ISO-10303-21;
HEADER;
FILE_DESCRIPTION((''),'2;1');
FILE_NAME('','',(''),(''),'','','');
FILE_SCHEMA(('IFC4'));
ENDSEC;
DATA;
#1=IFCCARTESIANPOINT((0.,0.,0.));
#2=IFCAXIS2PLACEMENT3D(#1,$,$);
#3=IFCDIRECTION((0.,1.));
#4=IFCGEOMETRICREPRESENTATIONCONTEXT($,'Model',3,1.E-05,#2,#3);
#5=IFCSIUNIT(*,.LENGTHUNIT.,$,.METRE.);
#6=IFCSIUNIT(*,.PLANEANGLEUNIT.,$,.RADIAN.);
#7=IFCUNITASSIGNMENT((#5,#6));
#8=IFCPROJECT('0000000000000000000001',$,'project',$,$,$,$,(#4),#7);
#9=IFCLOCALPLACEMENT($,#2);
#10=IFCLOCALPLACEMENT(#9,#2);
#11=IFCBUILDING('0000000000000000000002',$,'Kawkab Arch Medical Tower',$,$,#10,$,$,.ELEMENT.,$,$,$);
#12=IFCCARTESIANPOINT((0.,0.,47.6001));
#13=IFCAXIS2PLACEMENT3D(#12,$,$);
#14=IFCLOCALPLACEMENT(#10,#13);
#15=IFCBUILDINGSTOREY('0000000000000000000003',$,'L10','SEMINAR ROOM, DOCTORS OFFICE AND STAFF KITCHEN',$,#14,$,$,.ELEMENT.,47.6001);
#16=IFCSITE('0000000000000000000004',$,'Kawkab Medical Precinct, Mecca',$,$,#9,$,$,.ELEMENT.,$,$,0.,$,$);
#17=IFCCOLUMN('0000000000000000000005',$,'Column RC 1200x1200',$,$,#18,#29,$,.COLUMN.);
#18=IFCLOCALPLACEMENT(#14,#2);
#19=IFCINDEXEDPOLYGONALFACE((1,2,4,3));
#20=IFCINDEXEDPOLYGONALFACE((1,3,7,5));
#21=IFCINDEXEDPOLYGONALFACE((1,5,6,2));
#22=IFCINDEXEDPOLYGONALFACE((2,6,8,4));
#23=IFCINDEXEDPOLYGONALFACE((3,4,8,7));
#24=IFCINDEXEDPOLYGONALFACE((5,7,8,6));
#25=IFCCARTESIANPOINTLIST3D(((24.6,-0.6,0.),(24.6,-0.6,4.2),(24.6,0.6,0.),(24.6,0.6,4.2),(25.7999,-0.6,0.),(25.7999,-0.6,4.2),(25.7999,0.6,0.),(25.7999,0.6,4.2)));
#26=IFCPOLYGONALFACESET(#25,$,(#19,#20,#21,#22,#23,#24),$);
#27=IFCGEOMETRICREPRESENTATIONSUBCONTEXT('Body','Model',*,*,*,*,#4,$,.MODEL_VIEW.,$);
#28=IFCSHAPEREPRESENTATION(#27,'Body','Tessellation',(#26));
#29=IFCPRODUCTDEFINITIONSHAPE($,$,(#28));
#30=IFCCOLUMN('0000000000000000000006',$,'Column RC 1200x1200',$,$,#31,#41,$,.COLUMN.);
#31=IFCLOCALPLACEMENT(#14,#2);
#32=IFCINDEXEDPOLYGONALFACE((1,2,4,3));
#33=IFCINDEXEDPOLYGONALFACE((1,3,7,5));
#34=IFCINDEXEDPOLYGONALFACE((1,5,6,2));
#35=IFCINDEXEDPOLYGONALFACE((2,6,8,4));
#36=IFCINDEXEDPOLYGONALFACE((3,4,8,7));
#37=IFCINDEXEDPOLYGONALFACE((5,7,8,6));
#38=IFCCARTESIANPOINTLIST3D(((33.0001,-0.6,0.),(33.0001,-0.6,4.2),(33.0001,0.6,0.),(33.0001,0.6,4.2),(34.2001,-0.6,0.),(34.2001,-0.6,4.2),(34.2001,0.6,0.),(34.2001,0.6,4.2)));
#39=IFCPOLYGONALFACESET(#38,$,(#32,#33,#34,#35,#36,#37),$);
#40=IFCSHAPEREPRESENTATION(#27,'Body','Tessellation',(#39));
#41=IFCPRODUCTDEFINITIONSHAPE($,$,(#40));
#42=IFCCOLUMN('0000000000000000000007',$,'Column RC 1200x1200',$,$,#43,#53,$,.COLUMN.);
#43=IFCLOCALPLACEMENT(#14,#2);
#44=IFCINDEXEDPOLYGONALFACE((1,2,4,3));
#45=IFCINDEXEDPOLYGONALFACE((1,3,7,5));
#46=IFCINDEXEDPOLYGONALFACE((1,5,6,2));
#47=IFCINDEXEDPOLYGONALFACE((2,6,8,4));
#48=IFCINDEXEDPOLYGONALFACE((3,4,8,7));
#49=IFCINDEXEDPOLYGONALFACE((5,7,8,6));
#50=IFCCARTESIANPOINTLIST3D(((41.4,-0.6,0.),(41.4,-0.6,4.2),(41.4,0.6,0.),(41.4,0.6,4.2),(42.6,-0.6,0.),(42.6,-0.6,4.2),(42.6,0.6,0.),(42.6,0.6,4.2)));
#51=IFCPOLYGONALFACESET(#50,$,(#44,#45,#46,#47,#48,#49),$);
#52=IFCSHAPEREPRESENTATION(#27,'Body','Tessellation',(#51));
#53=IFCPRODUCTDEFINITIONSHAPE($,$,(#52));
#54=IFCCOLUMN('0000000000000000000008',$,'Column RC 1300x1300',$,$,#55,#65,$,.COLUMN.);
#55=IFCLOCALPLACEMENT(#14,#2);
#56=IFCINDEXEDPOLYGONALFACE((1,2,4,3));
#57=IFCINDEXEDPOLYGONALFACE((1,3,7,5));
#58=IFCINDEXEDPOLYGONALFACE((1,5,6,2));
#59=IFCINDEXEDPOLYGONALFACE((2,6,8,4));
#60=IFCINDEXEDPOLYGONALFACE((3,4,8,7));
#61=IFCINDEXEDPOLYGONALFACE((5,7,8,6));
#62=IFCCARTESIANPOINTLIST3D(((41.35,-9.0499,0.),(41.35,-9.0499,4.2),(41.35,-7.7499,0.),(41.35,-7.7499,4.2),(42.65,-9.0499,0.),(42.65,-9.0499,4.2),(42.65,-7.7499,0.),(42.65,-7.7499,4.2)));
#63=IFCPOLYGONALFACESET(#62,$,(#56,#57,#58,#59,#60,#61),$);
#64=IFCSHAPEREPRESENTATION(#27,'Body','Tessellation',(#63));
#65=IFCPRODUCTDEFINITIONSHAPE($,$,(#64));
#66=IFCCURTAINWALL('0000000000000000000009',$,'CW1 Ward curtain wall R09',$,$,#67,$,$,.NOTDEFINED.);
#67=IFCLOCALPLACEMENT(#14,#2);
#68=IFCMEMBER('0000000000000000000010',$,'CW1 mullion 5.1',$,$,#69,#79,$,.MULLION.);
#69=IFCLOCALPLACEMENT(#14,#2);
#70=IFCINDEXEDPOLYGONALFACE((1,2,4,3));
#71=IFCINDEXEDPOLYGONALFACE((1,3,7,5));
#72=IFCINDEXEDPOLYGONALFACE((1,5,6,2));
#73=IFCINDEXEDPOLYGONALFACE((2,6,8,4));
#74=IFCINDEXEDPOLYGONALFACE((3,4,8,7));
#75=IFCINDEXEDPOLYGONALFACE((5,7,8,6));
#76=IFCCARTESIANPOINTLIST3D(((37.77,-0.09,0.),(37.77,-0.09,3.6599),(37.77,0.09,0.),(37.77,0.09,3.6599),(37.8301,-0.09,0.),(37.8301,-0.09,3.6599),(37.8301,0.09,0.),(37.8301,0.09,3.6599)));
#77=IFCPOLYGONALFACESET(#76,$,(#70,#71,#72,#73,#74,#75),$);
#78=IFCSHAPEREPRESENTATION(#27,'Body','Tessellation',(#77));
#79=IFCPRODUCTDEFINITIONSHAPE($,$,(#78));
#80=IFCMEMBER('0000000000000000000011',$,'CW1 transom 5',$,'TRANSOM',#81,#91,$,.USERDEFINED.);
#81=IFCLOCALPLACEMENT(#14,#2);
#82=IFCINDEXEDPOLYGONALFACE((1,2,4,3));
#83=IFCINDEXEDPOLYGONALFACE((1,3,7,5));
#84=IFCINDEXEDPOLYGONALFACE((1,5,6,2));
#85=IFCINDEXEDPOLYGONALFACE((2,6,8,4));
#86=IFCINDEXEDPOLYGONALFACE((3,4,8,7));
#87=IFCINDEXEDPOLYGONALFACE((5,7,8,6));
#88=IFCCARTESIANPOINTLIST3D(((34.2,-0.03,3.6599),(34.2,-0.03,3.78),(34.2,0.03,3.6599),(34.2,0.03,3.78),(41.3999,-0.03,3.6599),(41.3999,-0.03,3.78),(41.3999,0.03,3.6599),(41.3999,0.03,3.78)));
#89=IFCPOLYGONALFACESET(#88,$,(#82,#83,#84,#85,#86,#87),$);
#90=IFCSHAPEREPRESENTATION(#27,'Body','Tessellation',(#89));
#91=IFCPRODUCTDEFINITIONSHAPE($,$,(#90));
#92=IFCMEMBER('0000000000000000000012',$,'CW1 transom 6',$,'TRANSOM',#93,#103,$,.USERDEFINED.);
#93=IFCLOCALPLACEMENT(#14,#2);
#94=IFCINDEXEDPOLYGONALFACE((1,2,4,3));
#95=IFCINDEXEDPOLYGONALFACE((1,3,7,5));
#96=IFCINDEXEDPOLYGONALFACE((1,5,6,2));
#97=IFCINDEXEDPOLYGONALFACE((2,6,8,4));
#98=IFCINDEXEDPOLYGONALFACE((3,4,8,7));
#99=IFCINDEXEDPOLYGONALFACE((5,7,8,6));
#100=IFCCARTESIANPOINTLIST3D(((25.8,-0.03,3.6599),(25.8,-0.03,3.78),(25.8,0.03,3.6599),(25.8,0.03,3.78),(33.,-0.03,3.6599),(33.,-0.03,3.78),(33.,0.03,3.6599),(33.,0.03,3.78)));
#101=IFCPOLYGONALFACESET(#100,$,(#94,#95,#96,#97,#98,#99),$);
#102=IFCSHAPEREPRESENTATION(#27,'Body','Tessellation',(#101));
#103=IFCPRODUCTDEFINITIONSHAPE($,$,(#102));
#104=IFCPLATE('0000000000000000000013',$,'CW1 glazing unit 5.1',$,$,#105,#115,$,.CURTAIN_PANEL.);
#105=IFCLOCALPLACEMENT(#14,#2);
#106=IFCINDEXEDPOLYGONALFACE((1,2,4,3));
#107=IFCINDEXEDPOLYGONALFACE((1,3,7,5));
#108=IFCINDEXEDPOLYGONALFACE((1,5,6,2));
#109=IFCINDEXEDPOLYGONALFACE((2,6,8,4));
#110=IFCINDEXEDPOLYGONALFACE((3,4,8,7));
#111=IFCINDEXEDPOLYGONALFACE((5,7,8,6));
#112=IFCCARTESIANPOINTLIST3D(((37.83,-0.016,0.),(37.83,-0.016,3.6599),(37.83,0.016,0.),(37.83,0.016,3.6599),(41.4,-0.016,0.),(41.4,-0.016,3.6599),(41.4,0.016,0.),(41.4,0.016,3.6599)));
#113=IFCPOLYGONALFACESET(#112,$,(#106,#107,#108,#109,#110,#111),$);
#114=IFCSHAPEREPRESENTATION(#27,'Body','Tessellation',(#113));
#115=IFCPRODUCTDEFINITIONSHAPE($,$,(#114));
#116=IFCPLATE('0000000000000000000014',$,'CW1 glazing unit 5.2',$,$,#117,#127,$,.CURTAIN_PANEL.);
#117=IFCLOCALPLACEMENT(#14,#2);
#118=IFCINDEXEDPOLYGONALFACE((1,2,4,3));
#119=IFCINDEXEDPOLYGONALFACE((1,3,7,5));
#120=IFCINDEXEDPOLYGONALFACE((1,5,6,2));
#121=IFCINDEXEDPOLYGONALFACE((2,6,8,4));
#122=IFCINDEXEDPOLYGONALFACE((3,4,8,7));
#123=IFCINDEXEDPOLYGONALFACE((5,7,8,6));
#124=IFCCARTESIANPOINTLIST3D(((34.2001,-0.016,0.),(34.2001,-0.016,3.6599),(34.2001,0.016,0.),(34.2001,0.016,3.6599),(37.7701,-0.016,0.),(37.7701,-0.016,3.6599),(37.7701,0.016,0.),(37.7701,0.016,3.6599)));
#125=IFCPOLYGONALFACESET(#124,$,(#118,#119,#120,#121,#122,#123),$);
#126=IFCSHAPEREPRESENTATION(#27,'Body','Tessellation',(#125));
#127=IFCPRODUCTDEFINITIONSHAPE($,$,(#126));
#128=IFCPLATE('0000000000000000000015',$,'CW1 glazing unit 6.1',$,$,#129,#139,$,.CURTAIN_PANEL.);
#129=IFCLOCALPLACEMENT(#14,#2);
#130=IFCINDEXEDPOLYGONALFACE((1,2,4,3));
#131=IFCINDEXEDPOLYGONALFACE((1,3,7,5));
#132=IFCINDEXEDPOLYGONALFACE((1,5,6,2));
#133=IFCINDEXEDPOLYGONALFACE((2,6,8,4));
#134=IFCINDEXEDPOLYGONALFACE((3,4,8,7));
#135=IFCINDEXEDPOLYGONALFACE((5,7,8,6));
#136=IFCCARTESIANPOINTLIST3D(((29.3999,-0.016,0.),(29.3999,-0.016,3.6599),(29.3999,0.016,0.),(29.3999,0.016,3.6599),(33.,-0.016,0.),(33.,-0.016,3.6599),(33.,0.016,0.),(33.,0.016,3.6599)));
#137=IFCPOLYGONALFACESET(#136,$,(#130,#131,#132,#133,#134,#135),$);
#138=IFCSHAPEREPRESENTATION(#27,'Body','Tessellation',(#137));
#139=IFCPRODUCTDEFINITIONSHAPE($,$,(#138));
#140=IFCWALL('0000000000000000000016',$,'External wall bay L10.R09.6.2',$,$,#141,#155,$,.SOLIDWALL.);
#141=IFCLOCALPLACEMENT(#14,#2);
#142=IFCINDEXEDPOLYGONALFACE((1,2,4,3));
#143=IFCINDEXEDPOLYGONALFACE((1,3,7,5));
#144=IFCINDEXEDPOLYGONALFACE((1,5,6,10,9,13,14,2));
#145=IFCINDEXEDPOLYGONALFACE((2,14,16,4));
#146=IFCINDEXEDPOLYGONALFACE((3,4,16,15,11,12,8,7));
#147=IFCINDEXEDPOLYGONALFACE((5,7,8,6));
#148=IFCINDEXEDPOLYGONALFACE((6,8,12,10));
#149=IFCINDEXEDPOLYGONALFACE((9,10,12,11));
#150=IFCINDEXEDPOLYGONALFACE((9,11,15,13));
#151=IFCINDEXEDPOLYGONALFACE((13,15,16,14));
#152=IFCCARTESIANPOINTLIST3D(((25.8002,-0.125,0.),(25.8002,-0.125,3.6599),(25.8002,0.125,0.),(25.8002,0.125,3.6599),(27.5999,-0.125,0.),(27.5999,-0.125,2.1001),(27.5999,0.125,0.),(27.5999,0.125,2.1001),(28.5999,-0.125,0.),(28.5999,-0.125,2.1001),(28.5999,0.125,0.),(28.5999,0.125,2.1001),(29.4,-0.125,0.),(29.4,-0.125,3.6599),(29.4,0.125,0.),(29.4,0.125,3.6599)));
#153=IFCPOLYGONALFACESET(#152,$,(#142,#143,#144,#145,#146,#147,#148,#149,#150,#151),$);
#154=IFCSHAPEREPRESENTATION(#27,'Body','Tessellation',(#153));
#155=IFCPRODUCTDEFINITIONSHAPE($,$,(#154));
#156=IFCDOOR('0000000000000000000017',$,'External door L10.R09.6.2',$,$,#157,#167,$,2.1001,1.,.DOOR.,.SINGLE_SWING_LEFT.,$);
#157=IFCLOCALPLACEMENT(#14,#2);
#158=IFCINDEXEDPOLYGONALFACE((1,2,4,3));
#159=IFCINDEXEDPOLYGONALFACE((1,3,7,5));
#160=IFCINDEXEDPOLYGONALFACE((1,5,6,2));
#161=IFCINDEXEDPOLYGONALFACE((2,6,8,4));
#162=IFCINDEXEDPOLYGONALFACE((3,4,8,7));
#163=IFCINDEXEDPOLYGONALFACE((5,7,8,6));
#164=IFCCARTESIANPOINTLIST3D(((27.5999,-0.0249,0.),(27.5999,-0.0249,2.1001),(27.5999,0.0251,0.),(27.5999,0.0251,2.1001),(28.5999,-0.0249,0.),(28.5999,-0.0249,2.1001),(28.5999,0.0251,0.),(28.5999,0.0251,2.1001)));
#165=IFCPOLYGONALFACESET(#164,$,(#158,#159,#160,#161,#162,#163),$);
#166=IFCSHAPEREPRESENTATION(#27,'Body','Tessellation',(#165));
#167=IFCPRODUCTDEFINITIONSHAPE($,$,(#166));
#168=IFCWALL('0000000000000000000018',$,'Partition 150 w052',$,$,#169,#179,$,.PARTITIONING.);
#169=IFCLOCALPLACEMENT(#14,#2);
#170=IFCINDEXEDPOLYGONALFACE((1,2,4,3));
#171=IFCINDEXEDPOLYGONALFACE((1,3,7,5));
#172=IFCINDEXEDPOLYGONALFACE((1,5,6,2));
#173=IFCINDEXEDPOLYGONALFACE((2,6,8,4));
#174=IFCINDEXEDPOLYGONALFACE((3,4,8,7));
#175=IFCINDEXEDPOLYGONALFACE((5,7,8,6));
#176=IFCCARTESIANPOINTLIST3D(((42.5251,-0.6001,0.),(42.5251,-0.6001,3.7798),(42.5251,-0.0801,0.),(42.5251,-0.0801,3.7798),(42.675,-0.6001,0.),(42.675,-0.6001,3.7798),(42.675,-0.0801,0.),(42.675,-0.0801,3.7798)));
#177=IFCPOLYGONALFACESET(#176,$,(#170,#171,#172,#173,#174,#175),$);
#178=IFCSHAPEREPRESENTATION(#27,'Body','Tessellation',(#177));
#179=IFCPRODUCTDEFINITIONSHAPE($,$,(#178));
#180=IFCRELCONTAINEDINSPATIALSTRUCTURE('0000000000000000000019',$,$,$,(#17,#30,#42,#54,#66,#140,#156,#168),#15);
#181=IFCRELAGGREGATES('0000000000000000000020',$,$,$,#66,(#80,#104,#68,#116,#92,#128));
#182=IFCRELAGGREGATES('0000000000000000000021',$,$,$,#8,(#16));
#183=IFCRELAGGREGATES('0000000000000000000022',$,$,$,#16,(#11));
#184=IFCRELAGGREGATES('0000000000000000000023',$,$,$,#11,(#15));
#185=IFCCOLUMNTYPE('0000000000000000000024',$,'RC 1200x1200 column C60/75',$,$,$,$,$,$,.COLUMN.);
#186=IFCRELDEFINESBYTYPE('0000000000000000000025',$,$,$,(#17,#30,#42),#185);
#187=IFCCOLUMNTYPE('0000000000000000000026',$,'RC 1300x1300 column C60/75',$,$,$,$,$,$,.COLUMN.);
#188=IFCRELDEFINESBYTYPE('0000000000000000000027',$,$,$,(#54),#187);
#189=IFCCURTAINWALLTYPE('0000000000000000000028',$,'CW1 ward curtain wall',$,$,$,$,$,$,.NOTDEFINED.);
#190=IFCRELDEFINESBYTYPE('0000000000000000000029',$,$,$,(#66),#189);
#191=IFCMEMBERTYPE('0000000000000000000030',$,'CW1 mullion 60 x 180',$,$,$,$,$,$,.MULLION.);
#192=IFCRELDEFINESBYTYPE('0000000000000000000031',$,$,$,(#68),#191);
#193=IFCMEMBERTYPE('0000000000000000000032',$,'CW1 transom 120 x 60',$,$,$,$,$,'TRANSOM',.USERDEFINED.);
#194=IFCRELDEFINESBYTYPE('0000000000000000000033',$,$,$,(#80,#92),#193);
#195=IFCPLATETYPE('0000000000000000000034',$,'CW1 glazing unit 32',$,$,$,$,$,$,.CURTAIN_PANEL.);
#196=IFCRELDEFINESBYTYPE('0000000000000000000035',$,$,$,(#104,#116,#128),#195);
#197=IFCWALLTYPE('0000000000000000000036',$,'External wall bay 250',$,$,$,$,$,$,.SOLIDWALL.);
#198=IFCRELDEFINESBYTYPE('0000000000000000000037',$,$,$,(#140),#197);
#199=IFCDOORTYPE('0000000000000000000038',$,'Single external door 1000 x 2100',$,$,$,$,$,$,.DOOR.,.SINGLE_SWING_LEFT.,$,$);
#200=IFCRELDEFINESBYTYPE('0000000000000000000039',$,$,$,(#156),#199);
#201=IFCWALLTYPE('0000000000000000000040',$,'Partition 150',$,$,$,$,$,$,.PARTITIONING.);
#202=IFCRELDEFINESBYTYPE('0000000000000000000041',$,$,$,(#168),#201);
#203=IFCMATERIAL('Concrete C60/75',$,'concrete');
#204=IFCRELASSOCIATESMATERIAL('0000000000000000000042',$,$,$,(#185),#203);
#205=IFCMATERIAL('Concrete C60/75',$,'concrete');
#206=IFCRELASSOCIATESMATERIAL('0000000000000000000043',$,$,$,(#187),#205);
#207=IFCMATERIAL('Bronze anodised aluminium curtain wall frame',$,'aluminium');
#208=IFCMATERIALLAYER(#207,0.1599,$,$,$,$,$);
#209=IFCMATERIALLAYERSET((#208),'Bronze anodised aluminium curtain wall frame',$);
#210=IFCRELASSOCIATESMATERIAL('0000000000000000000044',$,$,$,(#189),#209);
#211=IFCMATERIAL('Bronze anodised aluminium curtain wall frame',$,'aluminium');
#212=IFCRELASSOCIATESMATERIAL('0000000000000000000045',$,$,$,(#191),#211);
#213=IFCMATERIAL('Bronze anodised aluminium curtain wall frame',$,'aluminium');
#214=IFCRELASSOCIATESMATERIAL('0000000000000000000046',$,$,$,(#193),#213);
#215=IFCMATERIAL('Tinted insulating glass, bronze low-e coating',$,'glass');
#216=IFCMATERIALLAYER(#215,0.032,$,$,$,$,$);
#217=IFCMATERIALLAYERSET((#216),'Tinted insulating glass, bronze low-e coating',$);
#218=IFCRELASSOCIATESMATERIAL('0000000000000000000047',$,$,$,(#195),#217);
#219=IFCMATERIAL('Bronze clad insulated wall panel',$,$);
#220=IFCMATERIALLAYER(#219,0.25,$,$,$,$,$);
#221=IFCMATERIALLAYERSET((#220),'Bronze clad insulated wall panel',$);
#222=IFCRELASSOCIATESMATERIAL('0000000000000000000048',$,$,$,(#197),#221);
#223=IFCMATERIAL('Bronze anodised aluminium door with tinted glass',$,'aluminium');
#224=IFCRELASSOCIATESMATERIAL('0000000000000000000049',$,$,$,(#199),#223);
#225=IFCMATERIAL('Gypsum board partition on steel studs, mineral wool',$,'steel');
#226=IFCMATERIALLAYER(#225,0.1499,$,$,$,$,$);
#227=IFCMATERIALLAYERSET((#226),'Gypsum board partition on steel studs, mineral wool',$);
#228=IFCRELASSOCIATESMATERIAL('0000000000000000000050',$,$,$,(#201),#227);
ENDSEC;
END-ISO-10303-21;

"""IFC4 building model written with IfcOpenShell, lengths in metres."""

from ifc_helpers import new_model, si_unit, direction, frame, frame_2d, origin, origin_2d, place, context, subcontext, project, spatial, rectangle, extrude, material, layer, layer_set, material_profile, profile_set, type_object, element, fill, aggregate, save


model = new_model("IFC4")

# Units and contexts
model_context = context("Model", 3, precision=1e-05, world=origin(), true_north=direction((0.0, 1.0)))
body_context = subcontext(model_context, "Body", "Model", "MODEL_VIEW")
ifc_project = project(units=[si_unit("LENGTHUNIT", "METRE"), si_unit("PLANEANGLEUNIT", "RADIAN")], contexts=[model_context])

# Site, building, storey
site_placement = place(None, origin())
site = spatial("IfcSite", under=ifc_project, at=site_placement, Name="Kawkab Medical Precinct, Mecca", CompositionType="ELEMENT", RefElevation=0.0)
building_placement = place(site_placement, origin())
building = spatial("IfcBuilding", under=site, at=building_placement, Name="Kawkab Arch Medical Tower", CompositionType="ELEMENT")
storey_placement = place(building_placement, frame((0.0, 0.0, 47.6001)))
storey = spatial("IfcBuildingStorey", under=building, at=storey_placement, Name="L10", Description="SEMINAR ROOM, DOCTORS OFFICE AND STAFF KITCHEN", CompositionType="ELEMENT", Elevation=47.6001)

# Columns
ifc_material_1 = material(Name="Concrete C60/75", Category="concrete")
ifc_material_profile_1 = material_profile(ifc_material_1, rectangle(XDim=1.2, YDim=1.2, at=origin_2d()), Name="RC 1200x1200")
ifc_profile_set_1 = profile_set([ifc_material_profile_1], Name="Concrete C60/75")
column_type_1 = type_object("IfcColumnType", Name="RC 1200x1200 column C60/75", PredefinedType="COLUMN", material=ifc_profile_set_1)
for number, where, z_axis, x_axis, name in (
    (1, (25.2, 0.0, 0.0), (0.0, 0.0, 1.0), (1.0, 0.0, 0.0), "Column RC 1200x1200"),
    (2, (33.6001, 0.0, 0.0), (0.0, 0.0, 1.0), (1.0, 0.0, 0.0), "Column RC 1200x1200"),
    (3, (42.0, 0.0, 0.0), (0.0, 0.0, 1.0), (1.0, 0.0, 0.0), "Column RC 1200x1200"),
):
    element("IfcColumn", number, at=place(storey_placement, frame(where, z_axis=z_axis, x_axis=x_axis)), inside=storey, type_object=column_type_1, Name=name, PredefinedType="COLUMN", context=body_context, shape_type="SweptSolid", body=[
        extrude(rectangle(XDim=1.2, YDim=1.2, at=origin_2d()), origin(), (0.0, 0.0, 1.0), 4.2),
    ])
ifc_material_2 = material(Name="Concrete C60/75", Category="concrete")
ifc_material_profile_2 = material_profile(ifc_material_2, rectangle(XDim=1.3, YDim=1.3, at=origin_2d()), Name="RC 1300x1300")
ifc_profile_set_2 = profile_set([ifc_material_profile_2], Name="Concrete C60/75")
column_type_2 = type_object("IfcColumnType", Name="RC 1300x1300 column C60/75", PredefinedType="COLUMN", material=ifc_profile_set_2)
column_placement = place(storey_placement, frame((42.0, -8.3999, 0.0), z_axis=(0.0, 0.0, 1.0), x_axis=(1.0, 0.0, 0.0)))
element("IfcColumn", 4, at=column_placement, inside=storey, type_object=column_type_2, Name="Column RC 1300x1300", PredefinedType="COLUMN", context=body_context, shape_type="SweptSolid", body=[
    extrude(rectangle(XDim=1.3, YDim=1.3, at=origin_2d()), origin(), (0.0, 0.0, 1.0), 4.2),
])

# Curtain wall, members, plates
ifc_material_3 = material(Name="Bronze anodised aluminium curtain wall frame", Category="aluminium")
ifc_layer_1 = layer(ifc_material_3, 0.1599)
ifc_layer_set_1 = layer_set([ifc_layer_1], Name="Bronze anodised aluminium curtain wall frame")
curtain_wall_type = type_object("IfcCurtainWallType", Name="CW1 ward curtain wall", PredefinedType="NOTDEFINED", material=ifc_layer_set_1)
curtain_wall_placement = place(storey_placement, origin())
curtain_wall = element("IfcCurtainWall", 5, at=curtain_wall_placement, inside=storey, type_object=curtain_wall_type, Name="CW1 Ward curtain wall R09", PredefinedType="NOTDEFINED")
ifc_material_4 = material(Name="Bronze anodised aluminium curtain wall frame", Category="aluminium")
ifc_material_profile_3 = material_profile(ifc_material_4, rectangle(XDim=0.1799, YDim=0.0601, at=origin_2d()), Name="AL 60x180")
ifc_profile_set_3 = profile_set([ifc_material_profile_3], Name="Bronze anodised aluminium curtain wall frame")
member_type_1 = type_object("IfcMemberType", Name="CW1 mullion 60 x 180", PredefinedType="MULLION", material=ifc_profile_set_3)
member_1_placement = place(storey_placement, frame((37.8, 0.0, 0.0), z_axis=(0.0, 0.0, 1.0), x_axis=(0.0, -1.0, 0.0)))
member_1 = element("IfcMember", 6, at=member_1_placement, type_object=member_type_1, Name="CW1 mullion 5.1", PredefinedType="MULLION", context=body_context, shape_type="SweptSolid", body=[
    extrude(rectangle(XDim=0.1799, YDim=0.0601, at=origin_2d()), origin(), (0.0, 0.0, 1.0), 3.6599),
])
ifc_material_5 = material(Name="Bronze anodised aluminium curtain wall frame", Category="aluminium")
ifc_material_profile_4 = material_profile(ifc_material_5, rectangle(XDim=0.0601, YDim=0.1201, at=origin_2d()), Name="AL 60x120")
ifc_profile_set_4 = profile_set([ifc_material_profile_4], Name="Bronze anodised aluminium curtain wall frame")
member_type_2 = type_object("IfcMemberType", Name="CW1 transom 120 x 60", ElementType="TRANSOM", PredefinedType="USERDEFINED", material=ifc_profile_set_4)
member_2_placement = place(storey_placement, frame((41.3999, 0.0, 3.72), z_axis=(-1.0, 0.0, 0.0), x_axis=(0.0, -1.0, 0.0)))
member_2 = element("IfcMember", 7, at=member_2_placement, type_object=member_type_2, Name="CW1 transom 5", ObjectType="TRANSOM", PredefinedType="USERDEFINED", context=body_context, shape_type="SweptSolid", body=[
    extrude(rectangle(XDim=0.0601, YDim=0.1201, at=origin_2d()), origin(), (0.0, 0.0, 1.0), 7.2),
])
member_3_placement = place(storey_placement, frame((33.0, 0.0, 3.72), z_axis=(-1.0, 0.0, 0.0), x_axis=(0.0, -1.0, 0.0)))
member_3 = element("IfcMember", 8, at=member_3_placement, type_object=member_type_2, Name="CW1 transom 6", ObjectType="TRANSOM", PredefinedType="USERDEFINED", context=body_context, shape_type="SweptSolid", body=[
    extrude(rectangle(XDim=0.0601, YDim=0.1201, at=origin_2d()), origin(), (0.0, 0.0, 1.0), 7.2),
])
ifc_material_6 = material(Name="Tinted insulating glass, bronze low-e coating", Category="glass")
ifc_layer_2 = layer(ifc_material_6, 0.032)
ifc_layer_set_2 = layer_set([ifc_layer_2], Name="Tinted insulating glass, bronze low-e coating")
plate_type = type_object("IfcPlateType", Name="CW1 glazing unit 32", PredefinedType="CURTAIN_PANEL", material=ifc_layer_set_2)
plate_1_placement = place(storey_placement, frame((39.615, 0.0, 0.0), z_axis=(0.0, 0.0, 1.0), x_axis=(-1.0, 0.0, 0.0)))
plate_1 = element("IfcPlate", 9, at=plate_1_placement, type_object=plate_type, Name="CW1 glazing unit 5.1", PredefinedType="CURTAIN_PANEL", context=body_context, shape_type="SweptSolid", body=[
    extrude(rectangle(XDim=3.5701, YDim=0.032, at=origin_2d()), origin(), (0.0, 0.0, 1.0), 3.6599),
])
plate_2_placement = place(storey_placement, frame((35.9851, 0.0, 0.0), z_axis=(0.0, 0.0, 1.0), x_axis=(-1.0, 0.0, 0.0)))
plate_2 = element("IfcPlate", 10, at=plate_2_placement, type_object=plate_type, Name="CW1 glazing unit 5.2", PredefinedType="CURTAIN_PANEL", context=body_context, shape_type="SweptSolid", body=[
    extrude(rectangle(XDim=3.5701, YDim=0.032, at=origin_2d()), origin(), (0.0, 0.0, 1.0), 3.6599),
])
plate_3_placement = place(storey_placement, frame((31.2, 0.0, 0.0), z_axis=(0.0, 0.0, 1.0), x_axis=(-1.0, 0.0, 0.0)))
plate_3 = element("IfcPlate", 11, at=plate_3_placement, type_object=plate_type, Name="CW1 glazing unit 6.1", PredefinedType="CURTAIN_PANEL", context=body_context, shape_type="SweptSolid", body=[
    extrude(rectangle(XDim=3.6001, YDim=0.032, at=origin_2d()), origin(), (0.0, 0.0, 1.0), 3.6599),
])
aggregate(curtain_wall, [member_2, plate_1, member_1, plate_2, member_3, plate_3])

# Wall, opening, door
ifc_material_7 = material(Name="Bronze clad insulated wall panel")
ifc_layer_3 = layer(ifc_material_7, 0.25)
ifc_layer_set_3 = layer_set([ifc_layer_3], Name="Bronze clad insulated wall panel")
wall_type_1 = type_object("IfcWallType", Name="External wall bay 250", PredefinedType="SOLIDWALL", material=ifc_layer_set_3)
wall_1_placement = place(storey_placement, frame((29.3999, 0.0, 0.0), z_axis=(0.0, 0.0, 1.0), x_axis=(-1.0, 0.0, 0.0)))
wall_1 = element("IfcWall", 12, at=wall_1_placement, inside=storey, type_object=wall_type_1, Name="External wall bay L10.R09.6.2", PredefinedType="SOLIDWALL", context=body_context, shape_type="SweptSolid", body=[
    extrude(rectangle(XDim=3.5999, YDim=0.25, at=frame_2d((1.7998, 0.0))), origin(), (0.0, 0.0, 1.0), 3.6599),
])
opening_placement = place(wall_1_placement, frame((0.8, 0.0, 0.0)))
opening = element("IfcOpeningElement", 13, at=opening_placement, cuts=wall_1, PredefinedType="OPENING", context=body_context, shape_type="SweptSolid", body=[
    extrude(rectangle(XDim=1.0, YDim=2.1001, at=frame_2d((0.5, 1.05))), frame((0.0, 0.135, 0.0), z_axis=(0.0, -1.0, 0.0), x_axis=(1.0, 0.0, 0.0)), (0.0, 0.0, 1.0), 0.27),
])
ifc_material_8 = material(Name="Bronze anodised aluminium door with tinted glass", Category="aluminium")
door_type = type_object("IfcDoorType", Name="Single external door 1000 x 2100", OperationType="SINGLE_SWING_LEFT", PredefinedType="DOOR", material=ifc_material_8)
door_placement = place(opening_placement, origin())
door = element("IfcDoor", 14, at=door_placement, inside=storey, type_object=door_type, Name="External door L10.R09.6.2", OperationType="SINGLE_SWING_LEFT", OverallHeight=2.1001, OverallWidth=1.0, PredefinedType="DOOR", context=body_context, shape_type="SweptSolid", body=[
    extrude(rectangle(XDim=1.0, YDim=2.1001, at=frame_2d((0.5, 1.05))), frame((0.0, 0.0249, 0.0), z_axis=(0.0, -1.0, 0.0), x_axis=(1.0, 0.0, 0.0)), (0.0, 0.0, 1.0), 0.05),
])
fill(opening, door)

# Wall
ifc_material_9 = material(Name="Gypsum board partition on steel studs, mineral wool", Category="steel")
ifc_layer_4 = layer(ifc_material_9, 0.1499)
ifc_layer_set_4 = layer_set([ifc_layer_4], Name="Gypsum board partition on steel studs, mineral wool")
wall_type_2 = type_object("IfcWallType", Name="Partition 150", PredefinedType="PARTITIONING", material=ifc_layer_set_4)
wall_2_placement = place(storey_placement, frame((42.6001, -0.6001, 0.0), z_axis=(0.0, 0.0, 1.0), x_axis=(0.0, 1.0, 0.0)))
element("IfcWall", 15, at=wall_2_placement, inside=storey, type_object=wall_type_2, Name="Partition 150 w052", PredefinedType="PARTITIONING", context=body_context, shape_type="SweptSolid", body=[
    extrude(rectangle(XDim=0.52, YDim=0.1499, at=frame_2d((0.26, 0.0))), origin(), (0.0, 0.0, 1.0), 3.7798),
])

save(model, "model.ifc")
